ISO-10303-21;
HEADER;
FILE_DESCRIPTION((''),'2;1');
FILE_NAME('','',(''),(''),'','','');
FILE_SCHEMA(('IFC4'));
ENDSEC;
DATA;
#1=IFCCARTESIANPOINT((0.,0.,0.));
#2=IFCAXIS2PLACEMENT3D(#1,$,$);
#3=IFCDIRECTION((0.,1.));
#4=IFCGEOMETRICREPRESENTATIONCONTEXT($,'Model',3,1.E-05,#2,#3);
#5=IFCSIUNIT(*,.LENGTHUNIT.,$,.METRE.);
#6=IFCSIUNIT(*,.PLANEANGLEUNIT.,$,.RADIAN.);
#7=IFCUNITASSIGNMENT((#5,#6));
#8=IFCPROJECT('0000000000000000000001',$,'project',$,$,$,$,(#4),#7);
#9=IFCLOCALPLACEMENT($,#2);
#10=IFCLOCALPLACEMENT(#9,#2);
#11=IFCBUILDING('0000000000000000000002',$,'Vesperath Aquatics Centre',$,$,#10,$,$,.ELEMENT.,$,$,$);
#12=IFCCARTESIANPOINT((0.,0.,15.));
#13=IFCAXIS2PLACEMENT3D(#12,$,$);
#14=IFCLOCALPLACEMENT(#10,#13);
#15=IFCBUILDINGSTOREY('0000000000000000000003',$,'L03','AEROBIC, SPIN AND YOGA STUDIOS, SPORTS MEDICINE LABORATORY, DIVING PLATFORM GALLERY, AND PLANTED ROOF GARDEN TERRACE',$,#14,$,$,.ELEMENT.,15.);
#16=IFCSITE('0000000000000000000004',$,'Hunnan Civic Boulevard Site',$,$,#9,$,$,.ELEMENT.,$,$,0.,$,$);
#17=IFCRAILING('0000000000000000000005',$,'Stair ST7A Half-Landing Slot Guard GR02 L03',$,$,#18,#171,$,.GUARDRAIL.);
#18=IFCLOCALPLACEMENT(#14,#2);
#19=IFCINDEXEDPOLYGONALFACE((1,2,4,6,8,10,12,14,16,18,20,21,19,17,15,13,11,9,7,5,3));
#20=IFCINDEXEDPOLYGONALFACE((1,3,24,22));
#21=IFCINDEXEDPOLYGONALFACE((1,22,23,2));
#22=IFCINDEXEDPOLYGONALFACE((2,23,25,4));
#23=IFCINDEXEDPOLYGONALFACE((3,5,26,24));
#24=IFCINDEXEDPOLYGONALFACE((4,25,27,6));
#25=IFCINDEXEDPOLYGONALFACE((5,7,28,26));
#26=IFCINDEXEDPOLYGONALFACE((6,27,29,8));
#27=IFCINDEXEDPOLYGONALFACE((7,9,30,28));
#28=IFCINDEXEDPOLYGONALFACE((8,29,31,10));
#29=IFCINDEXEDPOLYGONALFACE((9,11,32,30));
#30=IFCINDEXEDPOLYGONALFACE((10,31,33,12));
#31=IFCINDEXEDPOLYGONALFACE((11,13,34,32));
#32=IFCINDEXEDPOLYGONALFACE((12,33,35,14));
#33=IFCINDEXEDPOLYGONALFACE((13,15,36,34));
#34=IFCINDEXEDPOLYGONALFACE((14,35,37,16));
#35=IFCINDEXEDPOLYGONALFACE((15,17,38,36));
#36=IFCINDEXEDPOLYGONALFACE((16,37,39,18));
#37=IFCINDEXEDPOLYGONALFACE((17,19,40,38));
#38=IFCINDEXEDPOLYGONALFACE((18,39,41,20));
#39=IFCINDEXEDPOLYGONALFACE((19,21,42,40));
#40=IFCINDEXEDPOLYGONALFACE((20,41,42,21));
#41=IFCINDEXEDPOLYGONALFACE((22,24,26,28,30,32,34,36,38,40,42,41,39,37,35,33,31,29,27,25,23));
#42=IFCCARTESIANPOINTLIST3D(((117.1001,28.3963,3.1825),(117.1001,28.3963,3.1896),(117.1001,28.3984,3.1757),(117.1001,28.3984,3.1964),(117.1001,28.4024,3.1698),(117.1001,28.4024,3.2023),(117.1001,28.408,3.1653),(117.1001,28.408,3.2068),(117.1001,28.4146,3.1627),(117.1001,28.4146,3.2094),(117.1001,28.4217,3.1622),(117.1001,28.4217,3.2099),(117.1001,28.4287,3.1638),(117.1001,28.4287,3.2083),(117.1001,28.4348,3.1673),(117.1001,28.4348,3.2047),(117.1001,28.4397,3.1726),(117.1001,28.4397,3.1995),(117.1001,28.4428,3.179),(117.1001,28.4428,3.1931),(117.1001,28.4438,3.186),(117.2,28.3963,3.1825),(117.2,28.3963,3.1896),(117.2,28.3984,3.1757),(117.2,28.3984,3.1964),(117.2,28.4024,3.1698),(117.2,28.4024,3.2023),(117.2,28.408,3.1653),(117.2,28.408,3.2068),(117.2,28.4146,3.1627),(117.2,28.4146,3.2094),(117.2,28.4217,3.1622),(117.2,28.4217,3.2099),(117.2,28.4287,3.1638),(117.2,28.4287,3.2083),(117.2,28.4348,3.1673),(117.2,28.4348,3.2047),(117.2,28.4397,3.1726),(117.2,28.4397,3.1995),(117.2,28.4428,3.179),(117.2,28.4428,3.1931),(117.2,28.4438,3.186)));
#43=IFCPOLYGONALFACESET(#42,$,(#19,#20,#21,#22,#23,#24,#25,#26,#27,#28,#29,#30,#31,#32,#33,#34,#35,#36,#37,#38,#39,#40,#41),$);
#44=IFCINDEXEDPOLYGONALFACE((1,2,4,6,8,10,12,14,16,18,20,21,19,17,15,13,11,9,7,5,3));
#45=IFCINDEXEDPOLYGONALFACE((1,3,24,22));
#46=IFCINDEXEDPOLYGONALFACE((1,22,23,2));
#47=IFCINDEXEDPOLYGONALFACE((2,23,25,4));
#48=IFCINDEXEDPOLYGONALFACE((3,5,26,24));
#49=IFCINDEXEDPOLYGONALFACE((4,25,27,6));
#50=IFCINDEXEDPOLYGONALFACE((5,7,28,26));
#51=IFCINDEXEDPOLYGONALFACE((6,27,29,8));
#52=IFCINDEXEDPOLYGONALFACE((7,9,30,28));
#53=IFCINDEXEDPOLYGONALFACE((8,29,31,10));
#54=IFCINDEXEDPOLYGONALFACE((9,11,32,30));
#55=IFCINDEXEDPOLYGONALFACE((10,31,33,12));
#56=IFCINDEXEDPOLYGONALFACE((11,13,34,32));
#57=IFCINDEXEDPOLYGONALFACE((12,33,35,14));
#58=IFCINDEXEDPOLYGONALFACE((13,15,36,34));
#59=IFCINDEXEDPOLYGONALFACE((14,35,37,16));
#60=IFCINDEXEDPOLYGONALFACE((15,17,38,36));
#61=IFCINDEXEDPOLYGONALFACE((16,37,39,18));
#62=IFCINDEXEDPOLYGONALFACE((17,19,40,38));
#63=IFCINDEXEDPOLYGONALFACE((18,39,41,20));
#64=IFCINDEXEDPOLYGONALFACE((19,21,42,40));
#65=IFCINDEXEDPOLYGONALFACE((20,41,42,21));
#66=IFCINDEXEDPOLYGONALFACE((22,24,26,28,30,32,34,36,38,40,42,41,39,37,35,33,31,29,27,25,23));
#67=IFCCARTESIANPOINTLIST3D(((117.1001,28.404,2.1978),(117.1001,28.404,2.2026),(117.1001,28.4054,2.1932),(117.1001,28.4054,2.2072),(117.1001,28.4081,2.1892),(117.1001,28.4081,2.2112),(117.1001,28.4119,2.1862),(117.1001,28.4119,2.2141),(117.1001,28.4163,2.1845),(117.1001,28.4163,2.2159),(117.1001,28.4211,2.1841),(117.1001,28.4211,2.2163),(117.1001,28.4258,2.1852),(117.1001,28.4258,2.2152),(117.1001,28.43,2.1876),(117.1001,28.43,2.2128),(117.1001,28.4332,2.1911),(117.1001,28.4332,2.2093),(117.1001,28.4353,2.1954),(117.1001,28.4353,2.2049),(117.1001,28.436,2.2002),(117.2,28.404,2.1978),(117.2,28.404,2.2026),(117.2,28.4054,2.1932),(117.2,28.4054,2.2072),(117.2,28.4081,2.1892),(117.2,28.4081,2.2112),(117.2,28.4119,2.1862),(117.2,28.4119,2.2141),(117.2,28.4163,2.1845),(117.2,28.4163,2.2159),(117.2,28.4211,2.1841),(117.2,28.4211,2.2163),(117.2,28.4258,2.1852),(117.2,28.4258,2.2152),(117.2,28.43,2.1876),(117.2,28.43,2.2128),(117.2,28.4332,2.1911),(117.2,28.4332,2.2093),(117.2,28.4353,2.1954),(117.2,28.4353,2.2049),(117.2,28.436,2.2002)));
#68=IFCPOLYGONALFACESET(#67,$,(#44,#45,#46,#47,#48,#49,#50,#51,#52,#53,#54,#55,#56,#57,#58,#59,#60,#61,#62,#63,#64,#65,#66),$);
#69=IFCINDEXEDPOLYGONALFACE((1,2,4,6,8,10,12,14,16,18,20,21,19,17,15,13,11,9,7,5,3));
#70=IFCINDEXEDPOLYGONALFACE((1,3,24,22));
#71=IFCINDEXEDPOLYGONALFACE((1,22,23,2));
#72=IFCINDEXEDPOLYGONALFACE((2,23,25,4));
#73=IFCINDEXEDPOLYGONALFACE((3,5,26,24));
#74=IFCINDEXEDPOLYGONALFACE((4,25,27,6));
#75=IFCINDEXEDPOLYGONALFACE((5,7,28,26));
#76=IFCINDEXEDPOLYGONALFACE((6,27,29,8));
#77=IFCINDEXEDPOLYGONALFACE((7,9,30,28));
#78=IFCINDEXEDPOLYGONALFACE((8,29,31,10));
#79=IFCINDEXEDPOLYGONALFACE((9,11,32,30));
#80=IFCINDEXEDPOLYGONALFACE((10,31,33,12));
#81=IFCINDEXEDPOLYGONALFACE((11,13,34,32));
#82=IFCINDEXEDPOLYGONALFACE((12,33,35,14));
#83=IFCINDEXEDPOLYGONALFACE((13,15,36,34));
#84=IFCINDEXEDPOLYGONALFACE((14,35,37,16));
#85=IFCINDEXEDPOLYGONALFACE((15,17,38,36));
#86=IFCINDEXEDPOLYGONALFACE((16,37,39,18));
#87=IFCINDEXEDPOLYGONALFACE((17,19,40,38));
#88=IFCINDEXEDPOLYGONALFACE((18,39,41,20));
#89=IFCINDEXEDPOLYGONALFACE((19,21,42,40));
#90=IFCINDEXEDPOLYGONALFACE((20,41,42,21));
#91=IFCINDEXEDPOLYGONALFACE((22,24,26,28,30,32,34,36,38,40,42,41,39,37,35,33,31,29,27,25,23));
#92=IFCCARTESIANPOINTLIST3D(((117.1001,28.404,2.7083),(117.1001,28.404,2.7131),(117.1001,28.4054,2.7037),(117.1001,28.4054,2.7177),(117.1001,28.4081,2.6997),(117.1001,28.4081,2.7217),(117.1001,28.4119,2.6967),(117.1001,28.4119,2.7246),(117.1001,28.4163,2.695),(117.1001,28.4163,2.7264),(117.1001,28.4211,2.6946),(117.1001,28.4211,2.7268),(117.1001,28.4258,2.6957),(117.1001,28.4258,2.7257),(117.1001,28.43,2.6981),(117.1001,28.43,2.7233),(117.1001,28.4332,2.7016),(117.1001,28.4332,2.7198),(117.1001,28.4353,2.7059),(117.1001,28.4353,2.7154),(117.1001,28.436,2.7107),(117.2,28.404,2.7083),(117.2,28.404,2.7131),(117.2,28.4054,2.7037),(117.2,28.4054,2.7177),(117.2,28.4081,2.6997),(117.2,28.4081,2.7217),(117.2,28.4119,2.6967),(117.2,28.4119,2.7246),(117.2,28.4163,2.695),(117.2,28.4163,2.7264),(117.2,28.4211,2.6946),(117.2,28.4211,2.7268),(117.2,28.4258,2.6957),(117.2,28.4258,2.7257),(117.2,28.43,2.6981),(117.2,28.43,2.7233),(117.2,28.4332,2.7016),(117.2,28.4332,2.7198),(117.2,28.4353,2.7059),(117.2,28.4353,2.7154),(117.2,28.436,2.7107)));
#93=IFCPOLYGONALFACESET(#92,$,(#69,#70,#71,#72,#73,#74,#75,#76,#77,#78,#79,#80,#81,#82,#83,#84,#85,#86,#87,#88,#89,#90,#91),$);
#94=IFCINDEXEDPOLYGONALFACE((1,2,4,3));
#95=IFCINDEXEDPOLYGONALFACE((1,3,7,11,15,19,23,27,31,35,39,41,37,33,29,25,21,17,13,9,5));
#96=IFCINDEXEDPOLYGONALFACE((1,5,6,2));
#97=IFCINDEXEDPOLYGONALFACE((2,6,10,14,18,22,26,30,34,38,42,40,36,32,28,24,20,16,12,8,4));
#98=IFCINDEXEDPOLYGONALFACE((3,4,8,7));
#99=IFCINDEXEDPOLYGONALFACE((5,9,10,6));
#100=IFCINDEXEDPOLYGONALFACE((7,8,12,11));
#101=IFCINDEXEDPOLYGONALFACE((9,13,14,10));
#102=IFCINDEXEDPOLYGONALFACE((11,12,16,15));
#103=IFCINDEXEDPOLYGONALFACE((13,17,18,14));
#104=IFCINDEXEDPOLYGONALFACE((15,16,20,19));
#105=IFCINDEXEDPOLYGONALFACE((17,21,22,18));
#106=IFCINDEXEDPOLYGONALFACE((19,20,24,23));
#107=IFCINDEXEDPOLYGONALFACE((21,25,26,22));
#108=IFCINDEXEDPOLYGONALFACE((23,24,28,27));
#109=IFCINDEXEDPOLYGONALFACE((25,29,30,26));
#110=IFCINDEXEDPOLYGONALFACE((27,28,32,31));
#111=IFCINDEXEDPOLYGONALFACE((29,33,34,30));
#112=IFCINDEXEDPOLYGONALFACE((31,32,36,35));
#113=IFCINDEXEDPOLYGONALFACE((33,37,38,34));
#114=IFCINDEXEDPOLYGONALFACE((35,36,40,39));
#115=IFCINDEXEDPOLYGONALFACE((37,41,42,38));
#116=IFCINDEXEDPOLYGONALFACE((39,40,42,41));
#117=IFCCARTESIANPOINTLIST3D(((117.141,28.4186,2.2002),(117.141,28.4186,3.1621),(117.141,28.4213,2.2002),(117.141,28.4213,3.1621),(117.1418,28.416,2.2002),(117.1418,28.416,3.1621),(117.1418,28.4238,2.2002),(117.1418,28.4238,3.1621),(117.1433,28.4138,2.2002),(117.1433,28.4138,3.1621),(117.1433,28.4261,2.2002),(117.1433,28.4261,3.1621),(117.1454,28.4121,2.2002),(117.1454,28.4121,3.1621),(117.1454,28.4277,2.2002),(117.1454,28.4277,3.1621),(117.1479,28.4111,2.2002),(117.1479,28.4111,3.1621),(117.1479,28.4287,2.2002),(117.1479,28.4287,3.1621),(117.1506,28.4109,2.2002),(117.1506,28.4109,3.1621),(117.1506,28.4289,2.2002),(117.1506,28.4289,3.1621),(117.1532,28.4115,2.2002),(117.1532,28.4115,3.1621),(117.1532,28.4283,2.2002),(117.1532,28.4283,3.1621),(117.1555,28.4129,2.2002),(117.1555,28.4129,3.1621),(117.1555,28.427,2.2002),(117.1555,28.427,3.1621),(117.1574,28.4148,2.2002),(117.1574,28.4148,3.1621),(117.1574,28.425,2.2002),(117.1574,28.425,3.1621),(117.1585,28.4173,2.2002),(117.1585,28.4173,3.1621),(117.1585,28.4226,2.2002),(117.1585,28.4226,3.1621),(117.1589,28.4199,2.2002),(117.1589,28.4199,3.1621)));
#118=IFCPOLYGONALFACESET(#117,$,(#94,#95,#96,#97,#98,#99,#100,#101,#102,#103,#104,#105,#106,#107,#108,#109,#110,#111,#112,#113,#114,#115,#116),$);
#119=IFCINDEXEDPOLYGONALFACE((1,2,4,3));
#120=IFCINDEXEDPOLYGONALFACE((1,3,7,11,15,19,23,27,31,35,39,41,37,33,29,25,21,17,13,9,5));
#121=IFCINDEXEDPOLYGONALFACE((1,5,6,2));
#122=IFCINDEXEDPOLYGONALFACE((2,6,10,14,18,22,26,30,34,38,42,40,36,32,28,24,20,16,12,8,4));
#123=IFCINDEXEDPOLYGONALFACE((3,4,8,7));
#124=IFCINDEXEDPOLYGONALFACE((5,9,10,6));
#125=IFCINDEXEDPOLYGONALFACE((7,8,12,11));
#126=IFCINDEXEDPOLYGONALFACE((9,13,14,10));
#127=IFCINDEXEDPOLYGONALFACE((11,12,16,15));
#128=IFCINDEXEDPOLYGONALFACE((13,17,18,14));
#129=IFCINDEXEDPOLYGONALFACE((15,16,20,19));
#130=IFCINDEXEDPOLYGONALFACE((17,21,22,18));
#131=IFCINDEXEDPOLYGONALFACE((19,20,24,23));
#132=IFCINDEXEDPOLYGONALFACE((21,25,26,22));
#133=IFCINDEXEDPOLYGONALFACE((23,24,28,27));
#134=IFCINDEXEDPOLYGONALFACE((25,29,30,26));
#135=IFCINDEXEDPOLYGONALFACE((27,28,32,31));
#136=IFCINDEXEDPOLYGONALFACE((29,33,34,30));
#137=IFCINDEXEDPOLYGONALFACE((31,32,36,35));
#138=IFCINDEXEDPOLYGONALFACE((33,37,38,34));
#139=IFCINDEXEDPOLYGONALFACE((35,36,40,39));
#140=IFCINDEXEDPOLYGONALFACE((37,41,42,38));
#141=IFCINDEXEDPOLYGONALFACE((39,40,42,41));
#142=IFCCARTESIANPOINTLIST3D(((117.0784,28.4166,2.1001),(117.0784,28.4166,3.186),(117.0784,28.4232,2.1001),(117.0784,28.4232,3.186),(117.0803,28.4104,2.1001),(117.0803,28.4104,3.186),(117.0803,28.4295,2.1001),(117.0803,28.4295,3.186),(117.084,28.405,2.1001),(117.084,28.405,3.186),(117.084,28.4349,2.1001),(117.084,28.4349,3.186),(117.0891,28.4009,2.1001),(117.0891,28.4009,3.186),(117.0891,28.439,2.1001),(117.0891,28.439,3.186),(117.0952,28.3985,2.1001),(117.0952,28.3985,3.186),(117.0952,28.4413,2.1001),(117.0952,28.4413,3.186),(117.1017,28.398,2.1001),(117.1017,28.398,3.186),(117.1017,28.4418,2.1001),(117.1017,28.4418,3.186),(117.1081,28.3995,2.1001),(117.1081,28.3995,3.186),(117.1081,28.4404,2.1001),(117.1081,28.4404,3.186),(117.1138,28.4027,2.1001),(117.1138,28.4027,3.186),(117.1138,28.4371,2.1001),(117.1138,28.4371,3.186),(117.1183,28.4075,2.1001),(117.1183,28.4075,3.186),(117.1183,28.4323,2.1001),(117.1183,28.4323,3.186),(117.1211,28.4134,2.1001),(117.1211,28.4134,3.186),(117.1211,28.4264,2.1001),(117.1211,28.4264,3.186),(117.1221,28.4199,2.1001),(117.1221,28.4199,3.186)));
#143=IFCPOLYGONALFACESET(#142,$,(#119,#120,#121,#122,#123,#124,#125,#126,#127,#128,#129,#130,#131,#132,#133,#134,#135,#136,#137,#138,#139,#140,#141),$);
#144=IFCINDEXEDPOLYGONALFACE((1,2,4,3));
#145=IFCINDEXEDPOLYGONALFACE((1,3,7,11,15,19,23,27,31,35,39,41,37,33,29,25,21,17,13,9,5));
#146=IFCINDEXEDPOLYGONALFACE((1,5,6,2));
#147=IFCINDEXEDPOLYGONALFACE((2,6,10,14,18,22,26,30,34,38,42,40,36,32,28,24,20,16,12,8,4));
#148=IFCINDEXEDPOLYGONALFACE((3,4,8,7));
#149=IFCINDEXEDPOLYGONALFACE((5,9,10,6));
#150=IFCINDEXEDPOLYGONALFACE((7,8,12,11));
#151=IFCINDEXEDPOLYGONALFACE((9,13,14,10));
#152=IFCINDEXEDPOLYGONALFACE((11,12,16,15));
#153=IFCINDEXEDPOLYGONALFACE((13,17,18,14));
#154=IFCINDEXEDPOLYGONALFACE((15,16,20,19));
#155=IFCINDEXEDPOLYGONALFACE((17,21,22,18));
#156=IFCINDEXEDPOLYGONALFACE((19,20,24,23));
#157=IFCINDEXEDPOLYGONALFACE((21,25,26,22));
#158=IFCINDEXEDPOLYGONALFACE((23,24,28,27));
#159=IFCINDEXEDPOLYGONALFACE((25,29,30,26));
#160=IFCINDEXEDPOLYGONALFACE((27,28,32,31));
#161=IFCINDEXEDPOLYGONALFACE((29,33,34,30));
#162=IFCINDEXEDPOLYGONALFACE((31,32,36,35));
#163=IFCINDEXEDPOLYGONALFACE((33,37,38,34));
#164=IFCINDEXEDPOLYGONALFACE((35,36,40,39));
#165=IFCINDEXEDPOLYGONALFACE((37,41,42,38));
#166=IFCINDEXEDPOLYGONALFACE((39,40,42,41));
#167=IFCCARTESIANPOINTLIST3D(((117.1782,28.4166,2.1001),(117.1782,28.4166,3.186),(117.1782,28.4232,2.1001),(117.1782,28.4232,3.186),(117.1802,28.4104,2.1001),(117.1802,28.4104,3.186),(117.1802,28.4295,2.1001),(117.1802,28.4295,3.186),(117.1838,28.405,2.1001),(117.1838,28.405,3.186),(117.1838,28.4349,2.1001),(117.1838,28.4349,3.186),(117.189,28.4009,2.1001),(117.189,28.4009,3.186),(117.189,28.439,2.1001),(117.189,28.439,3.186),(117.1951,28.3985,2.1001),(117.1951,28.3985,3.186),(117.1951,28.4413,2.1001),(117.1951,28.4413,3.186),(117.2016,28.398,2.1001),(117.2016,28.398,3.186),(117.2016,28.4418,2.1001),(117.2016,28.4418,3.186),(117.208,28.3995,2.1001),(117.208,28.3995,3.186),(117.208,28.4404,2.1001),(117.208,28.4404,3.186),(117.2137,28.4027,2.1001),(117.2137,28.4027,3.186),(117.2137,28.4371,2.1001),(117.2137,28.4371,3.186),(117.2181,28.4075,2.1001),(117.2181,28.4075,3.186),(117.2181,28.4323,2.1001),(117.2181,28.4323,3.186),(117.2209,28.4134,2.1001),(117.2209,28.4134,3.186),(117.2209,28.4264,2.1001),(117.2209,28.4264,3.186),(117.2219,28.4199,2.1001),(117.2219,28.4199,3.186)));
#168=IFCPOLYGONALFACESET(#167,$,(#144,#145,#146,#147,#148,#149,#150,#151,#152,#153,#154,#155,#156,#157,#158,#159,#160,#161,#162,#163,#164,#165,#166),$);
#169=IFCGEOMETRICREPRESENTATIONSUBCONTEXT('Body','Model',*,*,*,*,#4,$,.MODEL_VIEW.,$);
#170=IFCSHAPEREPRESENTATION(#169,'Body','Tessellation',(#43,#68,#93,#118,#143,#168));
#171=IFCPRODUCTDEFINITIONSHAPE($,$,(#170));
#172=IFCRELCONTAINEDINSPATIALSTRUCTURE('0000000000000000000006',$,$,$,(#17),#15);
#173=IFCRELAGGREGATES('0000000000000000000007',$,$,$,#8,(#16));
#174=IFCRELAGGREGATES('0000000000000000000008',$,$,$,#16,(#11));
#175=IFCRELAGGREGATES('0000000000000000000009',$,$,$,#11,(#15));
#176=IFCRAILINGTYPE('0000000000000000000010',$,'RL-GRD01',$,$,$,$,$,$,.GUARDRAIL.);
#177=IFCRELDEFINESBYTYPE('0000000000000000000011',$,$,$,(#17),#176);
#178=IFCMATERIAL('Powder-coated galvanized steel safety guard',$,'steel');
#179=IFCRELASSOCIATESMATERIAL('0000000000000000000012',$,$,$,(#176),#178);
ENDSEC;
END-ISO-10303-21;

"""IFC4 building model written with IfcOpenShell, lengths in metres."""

from ifc_helpers import new_model, si_unit, direction, frame, origin, origin_2d, place, context, subcontext, project, spatial, circle, extrude, material, type_object, element, save


model = new_model("IFC4")

# Units and contexts
model_context = context("Model", 3, precision=1e-05, world=origin(), true_north=direction((0.0, 1.0)))
body_context = subcontext(model_context, "Body", "Model", "MODEL_VIEW")
ifc_project = project(units=[si_unit("LENGTHUNIT", "METRE"), si_unit("PLANEANGLEUNIT", "RADIAN")], contexts=[model_context])

# Site, building, storey
site_placement = place(None, origin())
site = spatial("IfcSite", under=ifc_project, at=site_placement, Name="Hunnan Civic Boulevard Site", CompositionType="ELEMENT", RefElevation=0.0)
building_placement = place(site_placement, origin())
building = spatial("IfcBuilding", under=site, at=building_placement, Name="Vesperath Aquatics Centre", CompositionType="ELEMENT")
storey_placement = place(building_placement, frame((0.0, 0.0, 15.0)))
storey = spatial("IfcBuildingStorey", under=building, at=storey_placement, Name="L03", Description="AEROBIC, SPIN AND YOGA STUDIOS, SPORTS MEDICINE LABORATORY, DIVING PLATFORM GALLERY, AND PLANTED ROOF GARDEN TERRACE", CompositionType="ELEMENT", Elevation=15.0)

# Railing
ifc_material_1 = material(Name="Powder-coated galvanized steel safety guard", Category="steel")
railing_type_1 = type_object("IfcRailingType", Name="RL-GRD01", PredefinedType="GUARDRAIL", material=ifc_material_1)
railing_1_placement = place(storey_placement, frame((117.1001, 28.4199, 2.1001)))
element("IfcRailing", 1, at=railing_1_placement, inside=storey, type_object=railing_type_1, Name="Stair ST7A Half-Landing Slot Guard GR02 L03", PredefinedType="GUARDRAIL", context=body_context, shape_type="SweptSolid", body=[
    extrude(circle(Radius=0.0239, at=origin_2d()), frame((0.0, 0.0, 1.0859), z_axis=(1.0, 0.0, 0.0), x_axis=(0.0, 1.0, 0.0)), (0.0, 0.0, 1.0), 0.0999),
    extrude(circle(Radius=0.0161, at=origin_2d()), frame((0.0, 0.0, 0.1001), z_axis=(1.0, 0.0, 0.0), x_axis=(0.0, 1.0, 0.0)), (0.0, 0.0, 1.0), 0.0999),
    extrude(circle(Radius=0.0161, at=origin_2d()), frame((0.0, 0.0, 0.6106), z_axis=(1.0, 0.0, 0.0), x_axis=(0.0, 1.0, 0.0)), (0.0, 0.0, 1.0), 0.0999),
    extrude(circle(Radius=0.009, at=origin_2d()), frame((0.0498, 0.0, 0.1001)), (0.0, 0.0, 1.0), 0.9619),
    extrude(circle(Radius=0.022, at=origin_2d()), origin(), (0.0, 0.0, 1.0), 1.0859),
    extrude(circle(Radius=0.022, at=origin_2d()), frame((0.0999, 0.0, 0.0)), (0.0, 0.0, 1.0), 1.0859),
])

save(model, "model.ifc")
